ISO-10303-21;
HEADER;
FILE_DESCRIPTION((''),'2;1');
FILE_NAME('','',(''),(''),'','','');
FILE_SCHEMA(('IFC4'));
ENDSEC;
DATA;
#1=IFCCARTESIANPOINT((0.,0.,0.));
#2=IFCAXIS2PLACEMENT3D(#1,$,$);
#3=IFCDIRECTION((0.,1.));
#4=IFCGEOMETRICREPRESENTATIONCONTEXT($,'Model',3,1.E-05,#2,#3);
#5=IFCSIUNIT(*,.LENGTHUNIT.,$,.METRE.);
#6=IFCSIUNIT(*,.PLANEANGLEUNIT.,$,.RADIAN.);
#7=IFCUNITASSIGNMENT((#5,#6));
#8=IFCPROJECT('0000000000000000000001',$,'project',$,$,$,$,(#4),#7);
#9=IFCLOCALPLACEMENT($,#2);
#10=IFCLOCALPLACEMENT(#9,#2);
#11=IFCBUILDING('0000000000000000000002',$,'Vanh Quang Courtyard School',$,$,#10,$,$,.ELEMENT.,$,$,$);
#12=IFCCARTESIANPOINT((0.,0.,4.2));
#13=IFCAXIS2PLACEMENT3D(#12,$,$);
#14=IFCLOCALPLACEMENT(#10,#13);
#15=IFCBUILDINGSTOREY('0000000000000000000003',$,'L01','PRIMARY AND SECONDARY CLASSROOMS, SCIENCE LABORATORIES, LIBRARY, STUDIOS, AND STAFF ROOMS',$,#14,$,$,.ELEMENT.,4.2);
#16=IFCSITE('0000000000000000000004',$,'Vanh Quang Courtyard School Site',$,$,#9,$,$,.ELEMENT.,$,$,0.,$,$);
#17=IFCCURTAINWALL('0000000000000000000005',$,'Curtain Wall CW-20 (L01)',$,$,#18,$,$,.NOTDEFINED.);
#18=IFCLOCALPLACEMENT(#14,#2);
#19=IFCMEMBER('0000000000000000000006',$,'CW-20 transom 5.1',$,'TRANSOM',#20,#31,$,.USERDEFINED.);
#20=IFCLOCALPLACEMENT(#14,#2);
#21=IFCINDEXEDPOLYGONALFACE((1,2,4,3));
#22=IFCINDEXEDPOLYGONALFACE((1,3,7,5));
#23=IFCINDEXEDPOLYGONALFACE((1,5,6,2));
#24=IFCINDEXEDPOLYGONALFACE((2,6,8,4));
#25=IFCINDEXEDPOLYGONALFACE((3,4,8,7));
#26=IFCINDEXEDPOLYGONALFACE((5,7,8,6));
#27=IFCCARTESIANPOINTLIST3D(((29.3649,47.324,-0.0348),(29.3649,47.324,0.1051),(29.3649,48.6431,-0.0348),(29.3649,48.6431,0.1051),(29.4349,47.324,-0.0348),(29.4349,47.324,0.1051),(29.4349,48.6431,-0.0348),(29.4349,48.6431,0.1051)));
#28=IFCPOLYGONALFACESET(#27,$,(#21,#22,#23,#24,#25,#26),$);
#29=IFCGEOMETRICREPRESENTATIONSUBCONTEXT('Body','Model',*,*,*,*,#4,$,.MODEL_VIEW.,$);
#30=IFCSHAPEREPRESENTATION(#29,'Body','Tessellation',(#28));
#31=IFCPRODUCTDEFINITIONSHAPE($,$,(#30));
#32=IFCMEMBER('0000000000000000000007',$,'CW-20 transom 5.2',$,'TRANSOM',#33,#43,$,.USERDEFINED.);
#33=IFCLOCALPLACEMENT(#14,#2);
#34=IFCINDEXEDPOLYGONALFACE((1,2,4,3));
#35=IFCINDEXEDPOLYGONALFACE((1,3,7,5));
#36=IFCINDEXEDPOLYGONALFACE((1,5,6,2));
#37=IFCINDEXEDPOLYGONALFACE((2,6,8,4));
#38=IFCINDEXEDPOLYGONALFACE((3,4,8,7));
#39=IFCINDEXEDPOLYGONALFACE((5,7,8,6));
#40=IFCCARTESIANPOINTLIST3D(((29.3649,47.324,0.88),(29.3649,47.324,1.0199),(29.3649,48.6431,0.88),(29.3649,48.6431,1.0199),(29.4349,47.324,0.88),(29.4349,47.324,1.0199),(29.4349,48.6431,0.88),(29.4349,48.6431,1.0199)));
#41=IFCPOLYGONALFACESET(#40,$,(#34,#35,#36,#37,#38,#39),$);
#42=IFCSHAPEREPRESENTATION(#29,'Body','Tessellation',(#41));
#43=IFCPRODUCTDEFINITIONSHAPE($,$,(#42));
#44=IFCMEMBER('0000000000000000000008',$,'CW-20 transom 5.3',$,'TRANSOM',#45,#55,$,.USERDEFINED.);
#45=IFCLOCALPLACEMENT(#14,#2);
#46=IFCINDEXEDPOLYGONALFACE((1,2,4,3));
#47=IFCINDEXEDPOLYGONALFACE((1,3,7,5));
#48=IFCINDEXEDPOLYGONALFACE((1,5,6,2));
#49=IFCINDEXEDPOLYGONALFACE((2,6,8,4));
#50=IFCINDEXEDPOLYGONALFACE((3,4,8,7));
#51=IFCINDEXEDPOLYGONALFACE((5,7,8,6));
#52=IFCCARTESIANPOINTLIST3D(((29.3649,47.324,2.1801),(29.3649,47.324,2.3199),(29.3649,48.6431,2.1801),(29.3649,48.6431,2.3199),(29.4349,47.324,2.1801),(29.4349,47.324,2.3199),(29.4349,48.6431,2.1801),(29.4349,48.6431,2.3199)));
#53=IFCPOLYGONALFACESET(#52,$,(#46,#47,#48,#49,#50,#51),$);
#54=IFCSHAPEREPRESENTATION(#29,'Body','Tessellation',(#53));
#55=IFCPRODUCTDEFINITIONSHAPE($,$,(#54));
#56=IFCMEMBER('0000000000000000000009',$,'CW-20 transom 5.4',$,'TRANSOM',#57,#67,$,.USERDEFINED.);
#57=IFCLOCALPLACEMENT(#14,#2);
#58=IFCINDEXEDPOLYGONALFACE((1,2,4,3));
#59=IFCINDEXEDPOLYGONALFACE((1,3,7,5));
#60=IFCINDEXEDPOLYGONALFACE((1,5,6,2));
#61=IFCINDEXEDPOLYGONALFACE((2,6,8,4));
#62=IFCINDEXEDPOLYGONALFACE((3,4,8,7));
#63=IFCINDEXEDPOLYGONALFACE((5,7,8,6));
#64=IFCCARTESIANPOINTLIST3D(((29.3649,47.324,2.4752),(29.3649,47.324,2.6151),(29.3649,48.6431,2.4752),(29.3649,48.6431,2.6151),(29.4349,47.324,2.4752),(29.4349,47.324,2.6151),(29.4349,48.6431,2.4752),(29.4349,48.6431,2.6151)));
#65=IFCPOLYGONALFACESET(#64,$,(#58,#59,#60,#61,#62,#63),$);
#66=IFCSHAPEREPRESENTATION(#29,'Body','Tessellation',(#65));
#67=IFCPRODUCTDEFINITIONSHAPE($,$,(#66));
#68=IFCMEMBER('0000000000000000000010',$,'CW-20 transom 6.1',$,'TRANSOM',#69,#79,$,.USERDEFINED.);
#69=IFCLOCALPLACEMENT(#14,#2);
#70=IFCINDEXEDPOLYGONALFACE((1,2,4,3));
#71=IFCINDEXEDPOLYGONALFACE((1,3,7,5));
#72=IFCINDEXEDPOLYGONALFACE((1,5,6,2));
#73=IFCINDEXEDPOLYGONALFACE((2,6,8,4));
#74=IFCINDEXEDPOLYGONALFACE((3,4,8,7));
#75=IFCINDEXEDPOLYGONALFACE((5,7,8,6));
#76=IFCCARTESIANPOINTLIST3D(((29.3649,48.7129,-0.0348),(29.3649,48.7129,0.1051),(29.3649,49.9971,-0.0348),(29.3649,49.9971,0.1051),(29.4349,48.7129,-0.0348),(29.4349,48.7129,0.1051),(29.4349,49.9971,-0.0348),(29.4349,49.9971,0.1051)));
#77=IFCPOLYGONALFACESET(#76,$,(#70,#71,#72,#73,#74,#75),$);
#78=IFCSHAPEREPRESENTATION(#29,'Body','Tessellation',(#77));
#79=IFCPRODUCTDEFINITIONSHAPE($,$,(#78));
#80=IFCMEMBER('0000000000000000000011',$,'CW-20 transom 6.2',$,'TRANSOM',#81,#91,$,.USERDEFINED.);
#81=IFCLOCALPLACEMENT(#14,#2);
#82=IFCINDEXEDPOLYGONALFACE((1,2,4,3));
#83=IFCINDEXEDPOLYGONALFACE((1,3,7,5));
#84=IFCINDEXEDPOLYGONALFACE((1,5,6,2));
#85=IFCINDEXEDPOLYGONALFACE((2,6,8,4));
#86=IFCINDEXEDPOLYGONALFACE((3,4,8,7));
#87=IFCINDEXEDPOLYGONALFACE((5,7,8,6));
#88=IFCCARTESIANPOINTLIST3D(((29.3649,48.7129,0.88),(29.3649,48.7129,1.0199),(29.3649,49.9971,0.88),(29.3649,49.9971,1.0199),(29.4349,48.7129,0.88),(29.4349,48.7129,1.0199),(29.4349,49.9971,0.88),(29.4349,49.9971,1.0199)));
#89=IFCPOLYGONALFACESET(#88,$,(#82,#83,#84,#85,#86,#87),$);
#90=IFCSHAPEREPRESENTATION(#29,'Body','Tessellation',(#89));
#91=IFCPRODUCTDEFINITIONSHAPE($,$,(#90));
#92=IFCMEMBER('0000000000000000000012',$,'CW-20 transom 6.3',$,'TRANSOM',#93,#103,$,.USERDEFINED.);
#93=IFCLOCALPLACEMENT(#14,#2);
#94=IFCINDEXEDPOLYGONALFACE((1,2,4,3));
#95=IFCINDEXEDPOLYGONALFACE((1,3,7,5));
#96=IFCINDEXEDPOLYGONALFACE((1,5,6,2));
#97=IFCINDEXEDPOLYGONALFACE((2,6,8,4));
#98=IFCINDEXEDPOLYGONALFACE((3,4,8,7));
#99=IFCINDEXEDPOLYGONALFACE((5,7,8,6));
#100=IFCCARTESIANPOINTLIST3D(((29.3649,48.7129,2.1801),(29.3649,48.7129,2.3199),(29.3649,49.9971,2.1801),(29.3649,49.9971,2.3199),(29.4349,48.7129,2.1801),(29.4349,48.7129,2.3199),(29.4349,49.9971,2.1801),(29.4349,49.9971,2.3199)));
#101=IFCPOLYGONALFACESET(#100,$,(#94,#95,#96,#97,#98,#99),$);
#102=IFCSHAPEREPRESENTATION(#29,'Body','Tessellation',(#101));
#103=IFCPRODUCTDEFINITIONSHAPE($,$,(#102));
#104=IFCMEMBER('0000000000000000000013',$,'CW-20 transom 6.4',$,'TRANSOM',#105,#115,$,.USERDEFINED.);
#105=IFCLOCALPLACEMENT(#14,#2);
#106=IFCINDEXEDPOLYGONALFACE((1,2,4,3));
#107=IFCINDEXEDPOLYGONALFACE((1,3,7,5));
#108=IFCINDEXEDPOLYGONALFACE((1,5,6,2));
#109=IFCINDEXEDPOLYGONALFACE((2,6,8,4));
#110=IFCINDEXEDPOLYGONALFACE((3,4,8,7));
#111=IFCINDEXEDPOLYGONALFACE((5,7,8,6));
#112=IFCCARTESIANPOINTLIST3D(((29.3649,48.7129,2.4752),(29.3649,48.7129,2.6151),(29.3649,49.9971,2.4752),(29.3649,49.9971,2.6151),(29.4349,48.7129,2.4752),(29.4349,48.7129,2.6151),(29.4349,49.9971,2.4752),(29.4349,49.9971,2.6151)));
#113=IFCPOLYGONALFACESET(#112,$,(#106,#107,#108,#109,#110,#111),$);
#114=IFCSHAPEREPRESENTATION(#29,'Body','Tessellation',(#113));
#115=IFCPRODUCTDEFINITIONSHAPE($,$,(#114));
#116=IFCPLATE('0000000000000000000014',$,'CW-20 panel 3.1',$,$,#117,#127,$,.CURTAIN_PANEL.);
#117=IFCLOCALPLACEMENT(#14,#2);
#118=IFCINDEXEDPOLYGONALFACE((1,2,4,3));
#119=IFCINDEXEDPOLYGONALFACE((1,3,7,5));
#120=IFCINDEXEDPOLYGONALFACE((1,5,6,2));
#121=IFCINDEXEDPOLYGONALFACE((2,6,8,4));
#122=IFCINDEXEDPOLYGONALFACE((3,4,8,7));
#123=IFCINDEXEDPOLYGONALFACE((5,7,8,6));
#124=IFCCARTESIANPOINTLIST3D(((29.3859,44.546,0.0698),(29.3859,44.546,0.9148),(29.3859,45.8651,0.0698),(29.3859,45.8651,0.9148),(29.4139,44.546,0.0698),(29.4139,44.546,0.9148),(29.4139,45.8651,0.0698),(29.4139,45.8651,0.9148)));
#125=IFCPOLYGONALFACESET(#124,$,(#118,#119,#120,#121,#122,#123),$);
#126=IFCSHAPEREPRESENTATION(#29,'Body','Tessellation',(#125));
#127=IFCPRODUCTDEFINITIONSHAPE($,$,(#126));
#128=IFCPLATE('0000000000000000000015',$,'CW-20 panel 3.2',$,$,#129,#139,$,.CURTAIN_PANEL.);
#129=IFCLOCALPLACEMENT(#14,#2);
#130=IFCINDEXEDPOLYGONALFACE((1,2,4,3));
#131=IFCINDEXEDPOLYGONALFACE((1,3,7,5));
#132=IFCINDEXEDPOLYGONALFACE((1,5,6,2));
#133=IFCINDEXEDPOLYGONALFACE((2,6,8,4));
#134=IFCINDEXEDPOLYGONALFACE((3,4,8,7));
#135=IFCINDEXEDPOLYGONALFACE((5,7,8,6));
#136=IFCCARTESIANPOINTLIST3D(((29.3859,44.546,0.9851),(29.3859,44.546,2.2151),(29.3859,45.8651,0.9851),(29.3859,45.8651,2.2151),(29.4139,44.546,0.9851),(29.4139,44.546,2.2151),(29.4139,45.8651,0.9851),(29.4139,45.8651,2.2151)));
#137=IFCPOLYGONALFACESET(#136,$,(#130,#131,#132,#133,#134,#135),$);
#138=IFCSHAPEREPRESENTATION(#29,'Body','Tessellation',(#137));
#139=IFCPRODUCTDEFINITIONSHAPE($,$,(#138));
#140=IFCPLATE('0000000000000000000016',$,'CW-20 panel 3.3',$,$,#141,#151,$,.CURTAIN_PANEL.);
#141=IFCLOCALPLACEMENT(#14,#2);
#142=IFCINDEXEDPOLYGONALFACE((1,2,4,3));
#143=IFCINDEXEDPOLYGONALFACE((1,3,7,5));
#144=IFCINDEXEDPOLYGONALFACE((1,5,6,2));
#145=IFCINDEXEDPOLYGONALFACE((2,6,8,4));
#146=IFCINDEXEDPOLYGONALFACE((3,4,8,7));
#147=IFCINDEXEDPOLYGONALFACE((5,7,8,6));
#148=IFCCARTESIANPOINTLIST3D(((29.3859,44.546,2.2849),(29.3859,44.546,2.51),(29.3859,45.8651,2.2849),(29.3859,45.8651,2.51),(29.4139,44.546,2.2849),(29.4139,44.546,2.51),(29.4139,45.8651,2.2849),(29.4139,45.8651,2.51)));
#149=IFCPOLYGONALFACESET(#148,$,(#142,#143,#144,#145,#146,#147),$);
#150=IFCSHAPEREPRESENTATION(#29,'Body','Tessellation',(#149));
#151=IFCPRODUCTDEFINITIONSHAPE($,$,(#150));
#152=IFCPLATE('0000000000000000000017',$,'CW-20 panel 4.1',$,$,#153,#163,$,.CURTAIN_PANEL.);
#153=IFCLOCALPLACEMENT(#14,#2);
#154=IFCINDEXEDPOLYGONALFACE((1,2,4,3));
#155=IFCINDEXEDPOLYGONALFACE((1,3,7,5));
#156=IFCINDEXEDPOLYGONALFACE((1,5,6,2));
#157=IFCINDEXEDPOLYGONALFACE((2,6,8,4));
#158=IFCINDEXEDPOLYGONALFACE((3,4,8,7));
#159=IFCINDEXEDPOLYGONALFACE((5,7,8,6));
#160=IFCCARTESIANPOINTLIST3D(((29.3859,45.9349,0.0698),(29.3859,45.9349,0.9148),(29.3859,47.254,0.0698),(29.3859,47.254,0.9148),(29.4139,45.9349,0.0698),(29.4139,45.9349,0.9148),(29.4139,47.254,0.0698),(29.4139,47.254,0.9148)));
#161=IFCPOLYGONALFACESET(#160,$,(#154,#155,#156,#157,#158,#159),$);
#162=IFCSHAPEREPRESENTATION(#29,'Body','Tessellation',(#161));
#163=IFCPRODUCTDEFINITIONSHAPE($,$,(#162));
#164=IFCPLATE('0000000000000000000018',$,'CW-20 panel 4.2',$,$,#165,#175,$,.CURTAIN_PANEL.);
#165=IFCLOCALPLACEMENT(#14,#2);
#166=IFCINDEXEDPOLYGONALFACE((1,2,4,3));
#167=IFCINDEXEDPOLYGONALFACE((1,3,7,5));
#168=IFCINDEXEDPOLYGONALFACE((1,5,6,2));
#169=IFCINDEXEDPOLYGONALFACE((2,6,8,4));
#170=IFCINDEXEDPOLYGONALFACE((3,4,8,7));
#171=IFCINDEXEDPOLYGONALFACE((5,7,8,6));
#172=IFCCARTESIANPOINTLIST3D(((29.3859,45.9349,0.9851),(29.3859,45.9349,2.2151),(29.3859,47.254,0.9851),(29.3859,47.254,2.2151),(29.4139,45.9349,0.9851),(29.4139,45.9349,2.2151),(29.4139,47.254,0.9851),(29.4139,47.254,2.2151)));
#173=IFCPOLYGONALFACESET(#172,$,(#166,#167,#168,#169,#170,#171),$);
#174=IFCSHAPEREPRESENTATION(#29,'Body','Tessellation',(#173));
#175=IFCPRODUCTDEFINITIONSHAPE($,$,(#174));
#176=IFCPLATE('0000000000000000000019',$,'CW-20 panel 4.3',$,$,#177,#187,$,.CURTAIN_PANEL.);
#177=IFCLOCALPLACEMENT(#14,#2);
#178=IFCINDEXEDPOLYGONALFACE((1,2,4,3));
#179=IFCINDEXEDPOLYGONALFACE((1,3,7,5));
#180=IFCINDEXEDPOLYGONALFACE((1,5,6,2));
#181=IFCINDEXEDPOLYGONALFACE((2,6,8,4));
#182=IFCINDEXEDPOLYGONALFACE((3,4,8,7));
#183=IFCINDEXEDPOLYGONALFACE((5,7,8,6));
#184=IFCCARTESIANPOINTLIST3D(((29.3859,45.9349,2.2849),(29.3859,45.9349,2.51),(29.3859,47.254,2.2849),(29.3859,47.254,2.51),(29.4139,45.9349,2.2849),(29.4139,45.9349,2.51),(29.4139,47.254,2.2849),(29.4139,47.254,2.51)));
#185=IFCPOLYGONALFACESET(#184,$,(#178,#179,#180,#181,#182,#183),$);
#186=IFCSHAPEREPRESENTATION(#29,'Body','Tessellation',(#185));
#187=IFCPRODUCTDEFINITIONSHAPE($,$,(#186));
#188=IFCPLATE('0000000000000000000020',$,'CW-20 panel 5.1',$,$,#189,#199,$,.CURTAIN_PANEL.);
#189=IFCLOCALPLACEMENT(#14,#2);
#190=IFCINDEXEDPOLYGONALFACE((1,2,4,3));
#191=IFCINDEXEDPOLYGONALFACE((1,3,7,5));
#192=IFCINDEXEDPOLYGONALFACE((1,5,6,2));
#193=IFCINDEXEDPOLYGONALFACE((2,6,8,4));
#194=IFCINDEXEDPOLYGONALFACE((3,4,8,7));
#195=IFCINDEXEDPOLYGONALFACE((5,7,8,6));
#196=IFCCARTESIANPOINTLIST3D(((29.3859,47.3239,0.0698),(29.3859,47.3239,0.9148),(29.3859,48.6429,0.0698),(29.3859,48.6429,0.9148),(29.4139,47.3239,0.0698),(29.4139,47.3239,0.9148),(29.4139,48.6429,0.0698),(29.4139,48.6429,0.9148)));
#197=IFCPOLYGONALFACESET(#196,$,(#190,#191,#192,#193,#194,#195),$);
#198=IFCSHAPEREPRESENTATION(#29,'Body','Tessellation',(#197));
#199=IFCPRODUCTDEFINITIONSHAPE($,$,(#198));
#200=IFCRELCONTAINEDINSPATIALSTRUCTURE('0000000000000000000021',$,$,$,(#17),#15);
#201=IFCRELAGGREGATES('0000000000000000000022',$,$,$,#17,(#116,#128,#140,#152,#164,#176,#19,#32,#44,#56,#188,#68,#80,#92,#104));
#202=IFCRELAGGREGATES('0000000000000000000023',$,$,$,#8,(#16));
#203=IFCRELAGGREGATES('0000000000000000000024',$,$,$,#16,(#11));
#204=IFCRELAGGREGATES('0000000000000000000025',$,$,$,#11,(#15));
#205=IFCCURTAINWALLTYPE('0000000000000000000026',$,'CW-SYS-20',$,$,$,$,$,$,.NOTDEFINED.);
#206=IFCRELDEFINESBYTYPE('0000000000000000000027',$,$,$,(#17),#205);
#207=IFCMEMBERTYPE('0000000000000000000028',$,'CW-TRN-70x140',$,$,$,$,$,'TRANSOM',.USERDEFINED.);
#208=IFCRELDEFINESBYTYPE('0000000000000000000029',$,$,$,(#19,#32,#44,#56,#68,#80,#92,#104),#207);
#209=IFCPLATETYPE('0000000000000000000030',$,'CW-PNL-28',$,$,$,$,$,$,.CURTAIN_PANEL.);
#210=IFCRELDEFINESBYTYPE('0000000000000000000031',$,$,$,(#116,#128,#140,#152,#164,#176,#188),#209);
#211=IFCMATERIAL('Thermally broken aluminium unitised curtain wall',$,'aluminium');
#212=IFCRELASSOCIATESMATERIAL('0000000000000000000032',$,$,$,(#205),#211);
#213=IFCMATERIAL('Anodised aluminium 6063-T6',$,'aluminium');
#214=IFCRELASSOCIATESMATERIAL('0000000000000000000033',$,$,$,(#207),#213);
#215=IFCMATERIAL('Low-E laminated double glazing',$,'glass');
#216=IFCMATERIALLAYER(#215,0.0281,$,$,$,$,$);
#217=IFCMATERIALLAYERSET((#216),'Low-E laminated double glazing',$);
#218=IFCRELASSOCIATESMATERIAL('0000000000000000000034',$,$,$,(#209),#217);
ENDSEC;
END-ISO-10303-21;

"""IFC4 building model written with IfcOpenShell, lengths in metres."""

from ifc_helpers import new_model, si_unit, direction, frame, origin, origin_2d, place, context, subcontext, project, spatial, rectangle, extrude, material, layer, layer_set, material_profile, profile_set, type_object, element, aggregate, save


model = new_model("IFC4")

# Units and contexts
model_context = context("Model", 3, precision=1e-05, world=origin(), true_north=direction((0.0, 1.0)))
body_context = subcontext(model_context, "Body", "Model", "MODEL_VIEW")
ifc_project = project(units=[si_unit("LENGTHUNIT", "METRE"), si_unit("PLANEANGLEUNIT", "RADIAN")], contexts=[model_context])

# Site, building, storey
site_placement = place(None, origin())
site = spatial("IfcSite", under=ifc_project, at=site_placement, Name="Vanh Quang Courtyard School Site", CompositionType="ELEMENT", RefElevation=0.0)
building_placement = place(site_placement, origin())
building = spatial("IfcBuilding", under=site, at=building_placement, Name="Vanh Quang Courtyard School", CompositionType="ELEMENT")
storey_placement = place(building_placement, frame((0.0, 0.0, 4.2)))
storey = spatial("IfcBuildingStorey", under=building, at=storey_placement, Name="L01", Description="PRIMARY AND SECONDARY CLASSROOMS, SCIENCE LABORATORIES, LIBRARY, STUDIOS, AND STAFF ROOMS", CompositionType="ELEMENT", Elevation=4.2)

# Curtain wall, members, plates
ifc_material_1 = material(Name="Thermally broken aluminium unitised curtain wall", Category="aluminium")
curtain_wall_type = type_object("IfcCurtainWallType", Name="CW-SYS-20", PredefinedType="NOTDEFINED", material=ifc_material_1)
curtain_wall_placement = place(storey_placement, origin())
curtain_wall = element("IfcCurtainWall", 1, at=curtain_wall_placement, inside=storey, type_object=curtain_wall_type, Name="Curtain Wall CW-20 (L01)", PredefinedType="NOTDEFINED")
ifc_material_2 = material(Name="Anodised aluminium 6063-T6", Category="aluminium")
ifc_material_profile_1 = material_profile(ifc_material_2, rectangle(XDim=0.0701, YDim=0.1399, at=origin_2d()), Name="ALU-TRN 70x140")
ifc_profile_set_1 = profile_set([ifc_material_profile_1], Name="Anodised aluminium 6063-T6")
member_type_1 = type_object("IfcMemberType", Name="CW-TRN-70x140", ElementType="TRANSOM", PredefinedType="USERDEFINED", material=ifc_profile_set_1)
member_1_placement = place(storey_placement, frame((29.3999, 47.324, 0.0352), z_axis=(0.0, 1.0, 0.0), x_axis=(-1.0, 0.0, 0.0)))
member_1 = element("IfcMember", 2, at=member_1_placement, type_object=member_type_1, Name="CW-20 transom 5.1", ObjectType="TRANSOM", PredefinedType="USERDEFINED", context=body_context, shape_type="SweptSolid", body=[
    extrude(rectangle(XDim=0.0701, YDim=0.1399, at=origin_2d()), origin(), (0.0, 0.0, 1.0), 1.3191),
])
member_2_placement = place(storey_placement, frame((29.3999, 47.324, 0.95), z_axis=(0.0, 1.0, 0.0), x_axis=(-1.0, 0.0, 0.0)))
member_2 = element("IfcMember", 3, at=member_2_placement, type_object=member_type_1, Name="CW-20 transom 5.2", ObjectType="TRANSOM", PredefinedType="USERDEFINED", context=body_context, shape_type="SweptSolid", body=[
    extrude(rectangle(XDim=0.0701, YDim=0.1399, at=origin_2d()), origin(), (0.0, 0.0, 1.0), 1.3191),
])
member_3_placement = place(storey_placement, frame((29.3999, 47.324, 2.25), z_axis=(0.0, 1.0, 0.0), x_axis=(-1.0, 0.0, 0.0)))
member_3 = element("IfcMember", 4, at=member_3_placement, type_object=member_type_1, Name="CW-20 transom 5.3", ObjectType="TRANSOM", PredefinedType="USERDEFINED", context=body_context, shape_type="SweptSolid", body=[
    extrude(rectangle(XDim=0.0701, YDim=0.1399, at=origin_2d()), origin(), (0.0, 0.0, 1.0), 1.3191),
])
member_4_placement = place(storey_placement, frame((29.3999, 47.324, 2.5452), z_axis=(0.0, 1.0, 0.0), x_axis=(-1.0, 0.0, 0.0)))
member_4 = element("IfcMember", 5, at=member_4_placement, type_object=member_type_1, Name="CW-20 transom 5.4", ObjectType="TRANSOM", PredefinedType="USERDEFINED", context=body_context, shape_type="SweptSolid", body=[
    extrude(rectangle(XDim=0.0701, YDim=0.1399, at=origin_2d()), origin(), (0.0, 0.0, 1.0), 1.3191),
])
member_5_placement = place(storey_placement, frame((29.3999, 48.7129, 0.0352), z_axis=(0.0, 1.0, 0.0), x_axis=(-1.0, 0.0, 0.0)))
member_5 = element("IfcMember", 6, at=member_5_placement, type_object=member_type_1, Name="CW-20 transom 6.1", ObjectType="TRANSOM", PredefinedType="USERDEFINED", context=body_context, shape_type="SweptSolid", body=[
    extrude(rectangle(XDim=0.0701, YDim=0.1399, at=origin_2d()), origin(), (0.0, 0.0, 1.0), 1.2842),
])
member_6_placement = place(storey_placement, frame((29.3999, 48.7129, 0.95), z_axis=(0.0, 1.0, 0.0), x_axis=(-1.0, 0.0, 0.0)))
member_6 = element("IfcMember", 7, at=member_6_placement, type_object=member_type_1, Name="CW-20 transom 6.2", ObjectType="TRANSOM", PredefinedType="USERDEFINED", context=body_context, shape_type="SweptSolid", body=[
    extrude(rectangle(XDim=0.0701, YDim=0.1399, at=origin_2d()), origin(), (0.0, 0.0, 1.0), 1.2842),
])
member_7_placement = place(storey_placement, frame((29.3999, 48.7129, 2.25), z_axis=(0.0, 1.0, 0.0), x_axis=(-1.0, 0.0, 0.0)))
member_7 = element("IfcMember", 8, at=member_7_placement, type_object=member_type_1, Name="CW-20 transom 6.3", ObjectType="TRANSOM", PredefinedType="USERDEFINED", context=body_context, shape_type="SweptSolid", body=[
    extrude(rectangle(XDim=0.0701, YDim=0.1399, at=origin_2d()), origin(), (0.0, 0.0, 1.0), 1.2842),
])
member_8_placement = place(storey_placement, frame((29.3999, 48.7129, 2.5452), z_axis=(0.0, 1.0, 0.0), x_axis=(-1.0, 0.0, 0.0)))
member_8 = element("IfcMember", 9, at=member_8_placement, type_object=member_type_1, Name="CW-20 transom 6.4", ObjectType="TRANSOM", PredefinedType="USERDEFINED", context=body_context, shape_type="SweptSolid", body=[
    extrude(rectangle(XDim=0.0701, YDim=0.1399, at=origin_2d()), origin(), (0.0, 0.0, 1.0), 1.2842),
])
ifc_material_3 = material(Name="Low-E laminated double glazing", Category="glass")
ifc_layer = layer(ifc_material_3, 0.0281)
ifc_layer_set = layer_set([ifc_layer], Name="Low-E laminated double glazing")
plate_type = type_object("IfcPlateType", Name="CW-PNL-28", PredefinedType="CURTAIN_PANEL", material=ifc_layer_set)
plate_1_placement = place(storey_placement, frame((29.3999, 45.2056, 0.0698), z_axis=(0.0, 0.0, 1.0), x_axis=(0.0, 1.0, 0.0)))
plate_1 = element("IfcPlate", 10, at=plate_1_placement, type_object=plate_type, Name="CW-20 panel 3.1", PredefinedType="CURTAIN_PANEL", context=body_context, shape_type="SweptSolid", body=[
    extrude(rectangle(XDim=1.3191, YDim=0.0281, at=origin_2d()), origin(), (0.0, 0.0, 1.0), 0.845),
])
plate_2_placement = place(storey_placement, frame((29.3999, 45.2056, 0.9851), z_axis=(0.0, 0.0, 1.0), x_axis=(0.0, 1.0, 0.0)))
plate_2 = element("IfcPlate", 11, at=plate_2_placement, type_object=plate_type, Name="CW-20 panel 3.2", PredefinedType="CURTAIN_PANEL", context=body_context, shape_type="SweptSolid", body=[
    extrude(rectangle(XDim=1.3191, YDim=0.0281, at=origin_2d()), origin(), (0.0, 0.0, 1.0), 1.23),
])
plate_3_placement = place(storey_placement, frame((29.3999, 45.2056, 2.2849), z_axis=(0.0, 0.0, 1.0), x_axis=(0.0, 1.0, 0.0)))
plate_3 = element("IfcPlate", 12, at=plate_3_placement, type_object=plate_type, Name="CW-20 panel 3.3", PredefinedType="CURTAIN_PANEL", context=body_context, shape_type="SweptSolid", body=[
    extrude(rectangle(XDim=1.3191, YDim=0.0281, at=origin_2d()), origin(), (0.0, 0.0, 1.0), 0.2251),
])
plate_4_placement = place(storey_placement, frame((29.3999, 46.5945, 0.0698), z_axis=(0.0, 0.0, 1.0), x_axis=(0.0, 1.0, 0.0)))
plate_4 = element("IfcPlate", 13, at=plate_4_placement, type_object=plate_type, Name="CW-20 panel 4.1", PredefinedType="CURTAIN_PANEL", context=body_context, shape_type="SweptSolid", body=[
    extrude(rectangle(XDim=1.3191, YDim=0.0281, at=origin_2d()), origin(), (0.0, 0.0, 1.0), 0.845),
])
plate_5_placement = place(storey_placement, frame((29.3999, 46.5945, 0.9851), z_axis=(0.0, 0.0, 1.0), x_axis=(0.0, 1.0, 0.0)))
plate_5 = element("IfcPlate", 14, at=plate_5_placement, type_object=plate_type, Name="CW-20 panel 4.2", PredefinedType="CURTAIN_PANEL", context=body_context, shape_type="SweptSolid", body=[
    extrude(rectangle(XDim=1.3191, YDim=0.0281, at=origin_2d()), origin(), (0.0, 0.0, 1.0), 1.23),
])
plate_6_placement = place(storey_placement, frame((29.3999, 46.5945, 2.2849), z_axis=(0.0, 0.0, 1.0), x_axis=(0.0, 1.0, 0.0)))
plate_6 = element("IfcPlate", 15, at=plate_6_placement, type_object=plate_type, Name="CW-20 panel 4.3", PredefinedType="CURTAIN_PANEL", context=body_context, shape_type="SweptSolid", body=[
    extrude(rectangle(XDim=1.3191, YDim=0.0281, at=origin_2d()), origin(), (0.0, 0.0, 1.0), 0.2251),
])
plate_7_placement = place(storey_placement, frame((29.3999, 47.9834, 0.0698), z_axis=(0.0, 0.0, 1.0), x_axis=(0.0, 1.0, 0.0)))
plate_7 = element("IfcPlate", 16, at=plate_7_placement, type_object=plate_type, Name="CW-20 panel 5.1", PredefinedType="CURTAIN_PANEL", context=body_context, shape_type="SweptSolid", body=[
    extrude(rectangle(XDim=1.3191, YDim=0.0281, at=origin_2d()), origin(), (0.0, 0.0, 1.0), 0.845),
])
aggregate(curtain_wall, [plate_1, plate_2, plate_3, plate_4, plate_5, plate_6, member_1, member_2, member_3, member_4, plate_7, member_5, member_6, member_7, member_8])

save(model, "model.ifc")
